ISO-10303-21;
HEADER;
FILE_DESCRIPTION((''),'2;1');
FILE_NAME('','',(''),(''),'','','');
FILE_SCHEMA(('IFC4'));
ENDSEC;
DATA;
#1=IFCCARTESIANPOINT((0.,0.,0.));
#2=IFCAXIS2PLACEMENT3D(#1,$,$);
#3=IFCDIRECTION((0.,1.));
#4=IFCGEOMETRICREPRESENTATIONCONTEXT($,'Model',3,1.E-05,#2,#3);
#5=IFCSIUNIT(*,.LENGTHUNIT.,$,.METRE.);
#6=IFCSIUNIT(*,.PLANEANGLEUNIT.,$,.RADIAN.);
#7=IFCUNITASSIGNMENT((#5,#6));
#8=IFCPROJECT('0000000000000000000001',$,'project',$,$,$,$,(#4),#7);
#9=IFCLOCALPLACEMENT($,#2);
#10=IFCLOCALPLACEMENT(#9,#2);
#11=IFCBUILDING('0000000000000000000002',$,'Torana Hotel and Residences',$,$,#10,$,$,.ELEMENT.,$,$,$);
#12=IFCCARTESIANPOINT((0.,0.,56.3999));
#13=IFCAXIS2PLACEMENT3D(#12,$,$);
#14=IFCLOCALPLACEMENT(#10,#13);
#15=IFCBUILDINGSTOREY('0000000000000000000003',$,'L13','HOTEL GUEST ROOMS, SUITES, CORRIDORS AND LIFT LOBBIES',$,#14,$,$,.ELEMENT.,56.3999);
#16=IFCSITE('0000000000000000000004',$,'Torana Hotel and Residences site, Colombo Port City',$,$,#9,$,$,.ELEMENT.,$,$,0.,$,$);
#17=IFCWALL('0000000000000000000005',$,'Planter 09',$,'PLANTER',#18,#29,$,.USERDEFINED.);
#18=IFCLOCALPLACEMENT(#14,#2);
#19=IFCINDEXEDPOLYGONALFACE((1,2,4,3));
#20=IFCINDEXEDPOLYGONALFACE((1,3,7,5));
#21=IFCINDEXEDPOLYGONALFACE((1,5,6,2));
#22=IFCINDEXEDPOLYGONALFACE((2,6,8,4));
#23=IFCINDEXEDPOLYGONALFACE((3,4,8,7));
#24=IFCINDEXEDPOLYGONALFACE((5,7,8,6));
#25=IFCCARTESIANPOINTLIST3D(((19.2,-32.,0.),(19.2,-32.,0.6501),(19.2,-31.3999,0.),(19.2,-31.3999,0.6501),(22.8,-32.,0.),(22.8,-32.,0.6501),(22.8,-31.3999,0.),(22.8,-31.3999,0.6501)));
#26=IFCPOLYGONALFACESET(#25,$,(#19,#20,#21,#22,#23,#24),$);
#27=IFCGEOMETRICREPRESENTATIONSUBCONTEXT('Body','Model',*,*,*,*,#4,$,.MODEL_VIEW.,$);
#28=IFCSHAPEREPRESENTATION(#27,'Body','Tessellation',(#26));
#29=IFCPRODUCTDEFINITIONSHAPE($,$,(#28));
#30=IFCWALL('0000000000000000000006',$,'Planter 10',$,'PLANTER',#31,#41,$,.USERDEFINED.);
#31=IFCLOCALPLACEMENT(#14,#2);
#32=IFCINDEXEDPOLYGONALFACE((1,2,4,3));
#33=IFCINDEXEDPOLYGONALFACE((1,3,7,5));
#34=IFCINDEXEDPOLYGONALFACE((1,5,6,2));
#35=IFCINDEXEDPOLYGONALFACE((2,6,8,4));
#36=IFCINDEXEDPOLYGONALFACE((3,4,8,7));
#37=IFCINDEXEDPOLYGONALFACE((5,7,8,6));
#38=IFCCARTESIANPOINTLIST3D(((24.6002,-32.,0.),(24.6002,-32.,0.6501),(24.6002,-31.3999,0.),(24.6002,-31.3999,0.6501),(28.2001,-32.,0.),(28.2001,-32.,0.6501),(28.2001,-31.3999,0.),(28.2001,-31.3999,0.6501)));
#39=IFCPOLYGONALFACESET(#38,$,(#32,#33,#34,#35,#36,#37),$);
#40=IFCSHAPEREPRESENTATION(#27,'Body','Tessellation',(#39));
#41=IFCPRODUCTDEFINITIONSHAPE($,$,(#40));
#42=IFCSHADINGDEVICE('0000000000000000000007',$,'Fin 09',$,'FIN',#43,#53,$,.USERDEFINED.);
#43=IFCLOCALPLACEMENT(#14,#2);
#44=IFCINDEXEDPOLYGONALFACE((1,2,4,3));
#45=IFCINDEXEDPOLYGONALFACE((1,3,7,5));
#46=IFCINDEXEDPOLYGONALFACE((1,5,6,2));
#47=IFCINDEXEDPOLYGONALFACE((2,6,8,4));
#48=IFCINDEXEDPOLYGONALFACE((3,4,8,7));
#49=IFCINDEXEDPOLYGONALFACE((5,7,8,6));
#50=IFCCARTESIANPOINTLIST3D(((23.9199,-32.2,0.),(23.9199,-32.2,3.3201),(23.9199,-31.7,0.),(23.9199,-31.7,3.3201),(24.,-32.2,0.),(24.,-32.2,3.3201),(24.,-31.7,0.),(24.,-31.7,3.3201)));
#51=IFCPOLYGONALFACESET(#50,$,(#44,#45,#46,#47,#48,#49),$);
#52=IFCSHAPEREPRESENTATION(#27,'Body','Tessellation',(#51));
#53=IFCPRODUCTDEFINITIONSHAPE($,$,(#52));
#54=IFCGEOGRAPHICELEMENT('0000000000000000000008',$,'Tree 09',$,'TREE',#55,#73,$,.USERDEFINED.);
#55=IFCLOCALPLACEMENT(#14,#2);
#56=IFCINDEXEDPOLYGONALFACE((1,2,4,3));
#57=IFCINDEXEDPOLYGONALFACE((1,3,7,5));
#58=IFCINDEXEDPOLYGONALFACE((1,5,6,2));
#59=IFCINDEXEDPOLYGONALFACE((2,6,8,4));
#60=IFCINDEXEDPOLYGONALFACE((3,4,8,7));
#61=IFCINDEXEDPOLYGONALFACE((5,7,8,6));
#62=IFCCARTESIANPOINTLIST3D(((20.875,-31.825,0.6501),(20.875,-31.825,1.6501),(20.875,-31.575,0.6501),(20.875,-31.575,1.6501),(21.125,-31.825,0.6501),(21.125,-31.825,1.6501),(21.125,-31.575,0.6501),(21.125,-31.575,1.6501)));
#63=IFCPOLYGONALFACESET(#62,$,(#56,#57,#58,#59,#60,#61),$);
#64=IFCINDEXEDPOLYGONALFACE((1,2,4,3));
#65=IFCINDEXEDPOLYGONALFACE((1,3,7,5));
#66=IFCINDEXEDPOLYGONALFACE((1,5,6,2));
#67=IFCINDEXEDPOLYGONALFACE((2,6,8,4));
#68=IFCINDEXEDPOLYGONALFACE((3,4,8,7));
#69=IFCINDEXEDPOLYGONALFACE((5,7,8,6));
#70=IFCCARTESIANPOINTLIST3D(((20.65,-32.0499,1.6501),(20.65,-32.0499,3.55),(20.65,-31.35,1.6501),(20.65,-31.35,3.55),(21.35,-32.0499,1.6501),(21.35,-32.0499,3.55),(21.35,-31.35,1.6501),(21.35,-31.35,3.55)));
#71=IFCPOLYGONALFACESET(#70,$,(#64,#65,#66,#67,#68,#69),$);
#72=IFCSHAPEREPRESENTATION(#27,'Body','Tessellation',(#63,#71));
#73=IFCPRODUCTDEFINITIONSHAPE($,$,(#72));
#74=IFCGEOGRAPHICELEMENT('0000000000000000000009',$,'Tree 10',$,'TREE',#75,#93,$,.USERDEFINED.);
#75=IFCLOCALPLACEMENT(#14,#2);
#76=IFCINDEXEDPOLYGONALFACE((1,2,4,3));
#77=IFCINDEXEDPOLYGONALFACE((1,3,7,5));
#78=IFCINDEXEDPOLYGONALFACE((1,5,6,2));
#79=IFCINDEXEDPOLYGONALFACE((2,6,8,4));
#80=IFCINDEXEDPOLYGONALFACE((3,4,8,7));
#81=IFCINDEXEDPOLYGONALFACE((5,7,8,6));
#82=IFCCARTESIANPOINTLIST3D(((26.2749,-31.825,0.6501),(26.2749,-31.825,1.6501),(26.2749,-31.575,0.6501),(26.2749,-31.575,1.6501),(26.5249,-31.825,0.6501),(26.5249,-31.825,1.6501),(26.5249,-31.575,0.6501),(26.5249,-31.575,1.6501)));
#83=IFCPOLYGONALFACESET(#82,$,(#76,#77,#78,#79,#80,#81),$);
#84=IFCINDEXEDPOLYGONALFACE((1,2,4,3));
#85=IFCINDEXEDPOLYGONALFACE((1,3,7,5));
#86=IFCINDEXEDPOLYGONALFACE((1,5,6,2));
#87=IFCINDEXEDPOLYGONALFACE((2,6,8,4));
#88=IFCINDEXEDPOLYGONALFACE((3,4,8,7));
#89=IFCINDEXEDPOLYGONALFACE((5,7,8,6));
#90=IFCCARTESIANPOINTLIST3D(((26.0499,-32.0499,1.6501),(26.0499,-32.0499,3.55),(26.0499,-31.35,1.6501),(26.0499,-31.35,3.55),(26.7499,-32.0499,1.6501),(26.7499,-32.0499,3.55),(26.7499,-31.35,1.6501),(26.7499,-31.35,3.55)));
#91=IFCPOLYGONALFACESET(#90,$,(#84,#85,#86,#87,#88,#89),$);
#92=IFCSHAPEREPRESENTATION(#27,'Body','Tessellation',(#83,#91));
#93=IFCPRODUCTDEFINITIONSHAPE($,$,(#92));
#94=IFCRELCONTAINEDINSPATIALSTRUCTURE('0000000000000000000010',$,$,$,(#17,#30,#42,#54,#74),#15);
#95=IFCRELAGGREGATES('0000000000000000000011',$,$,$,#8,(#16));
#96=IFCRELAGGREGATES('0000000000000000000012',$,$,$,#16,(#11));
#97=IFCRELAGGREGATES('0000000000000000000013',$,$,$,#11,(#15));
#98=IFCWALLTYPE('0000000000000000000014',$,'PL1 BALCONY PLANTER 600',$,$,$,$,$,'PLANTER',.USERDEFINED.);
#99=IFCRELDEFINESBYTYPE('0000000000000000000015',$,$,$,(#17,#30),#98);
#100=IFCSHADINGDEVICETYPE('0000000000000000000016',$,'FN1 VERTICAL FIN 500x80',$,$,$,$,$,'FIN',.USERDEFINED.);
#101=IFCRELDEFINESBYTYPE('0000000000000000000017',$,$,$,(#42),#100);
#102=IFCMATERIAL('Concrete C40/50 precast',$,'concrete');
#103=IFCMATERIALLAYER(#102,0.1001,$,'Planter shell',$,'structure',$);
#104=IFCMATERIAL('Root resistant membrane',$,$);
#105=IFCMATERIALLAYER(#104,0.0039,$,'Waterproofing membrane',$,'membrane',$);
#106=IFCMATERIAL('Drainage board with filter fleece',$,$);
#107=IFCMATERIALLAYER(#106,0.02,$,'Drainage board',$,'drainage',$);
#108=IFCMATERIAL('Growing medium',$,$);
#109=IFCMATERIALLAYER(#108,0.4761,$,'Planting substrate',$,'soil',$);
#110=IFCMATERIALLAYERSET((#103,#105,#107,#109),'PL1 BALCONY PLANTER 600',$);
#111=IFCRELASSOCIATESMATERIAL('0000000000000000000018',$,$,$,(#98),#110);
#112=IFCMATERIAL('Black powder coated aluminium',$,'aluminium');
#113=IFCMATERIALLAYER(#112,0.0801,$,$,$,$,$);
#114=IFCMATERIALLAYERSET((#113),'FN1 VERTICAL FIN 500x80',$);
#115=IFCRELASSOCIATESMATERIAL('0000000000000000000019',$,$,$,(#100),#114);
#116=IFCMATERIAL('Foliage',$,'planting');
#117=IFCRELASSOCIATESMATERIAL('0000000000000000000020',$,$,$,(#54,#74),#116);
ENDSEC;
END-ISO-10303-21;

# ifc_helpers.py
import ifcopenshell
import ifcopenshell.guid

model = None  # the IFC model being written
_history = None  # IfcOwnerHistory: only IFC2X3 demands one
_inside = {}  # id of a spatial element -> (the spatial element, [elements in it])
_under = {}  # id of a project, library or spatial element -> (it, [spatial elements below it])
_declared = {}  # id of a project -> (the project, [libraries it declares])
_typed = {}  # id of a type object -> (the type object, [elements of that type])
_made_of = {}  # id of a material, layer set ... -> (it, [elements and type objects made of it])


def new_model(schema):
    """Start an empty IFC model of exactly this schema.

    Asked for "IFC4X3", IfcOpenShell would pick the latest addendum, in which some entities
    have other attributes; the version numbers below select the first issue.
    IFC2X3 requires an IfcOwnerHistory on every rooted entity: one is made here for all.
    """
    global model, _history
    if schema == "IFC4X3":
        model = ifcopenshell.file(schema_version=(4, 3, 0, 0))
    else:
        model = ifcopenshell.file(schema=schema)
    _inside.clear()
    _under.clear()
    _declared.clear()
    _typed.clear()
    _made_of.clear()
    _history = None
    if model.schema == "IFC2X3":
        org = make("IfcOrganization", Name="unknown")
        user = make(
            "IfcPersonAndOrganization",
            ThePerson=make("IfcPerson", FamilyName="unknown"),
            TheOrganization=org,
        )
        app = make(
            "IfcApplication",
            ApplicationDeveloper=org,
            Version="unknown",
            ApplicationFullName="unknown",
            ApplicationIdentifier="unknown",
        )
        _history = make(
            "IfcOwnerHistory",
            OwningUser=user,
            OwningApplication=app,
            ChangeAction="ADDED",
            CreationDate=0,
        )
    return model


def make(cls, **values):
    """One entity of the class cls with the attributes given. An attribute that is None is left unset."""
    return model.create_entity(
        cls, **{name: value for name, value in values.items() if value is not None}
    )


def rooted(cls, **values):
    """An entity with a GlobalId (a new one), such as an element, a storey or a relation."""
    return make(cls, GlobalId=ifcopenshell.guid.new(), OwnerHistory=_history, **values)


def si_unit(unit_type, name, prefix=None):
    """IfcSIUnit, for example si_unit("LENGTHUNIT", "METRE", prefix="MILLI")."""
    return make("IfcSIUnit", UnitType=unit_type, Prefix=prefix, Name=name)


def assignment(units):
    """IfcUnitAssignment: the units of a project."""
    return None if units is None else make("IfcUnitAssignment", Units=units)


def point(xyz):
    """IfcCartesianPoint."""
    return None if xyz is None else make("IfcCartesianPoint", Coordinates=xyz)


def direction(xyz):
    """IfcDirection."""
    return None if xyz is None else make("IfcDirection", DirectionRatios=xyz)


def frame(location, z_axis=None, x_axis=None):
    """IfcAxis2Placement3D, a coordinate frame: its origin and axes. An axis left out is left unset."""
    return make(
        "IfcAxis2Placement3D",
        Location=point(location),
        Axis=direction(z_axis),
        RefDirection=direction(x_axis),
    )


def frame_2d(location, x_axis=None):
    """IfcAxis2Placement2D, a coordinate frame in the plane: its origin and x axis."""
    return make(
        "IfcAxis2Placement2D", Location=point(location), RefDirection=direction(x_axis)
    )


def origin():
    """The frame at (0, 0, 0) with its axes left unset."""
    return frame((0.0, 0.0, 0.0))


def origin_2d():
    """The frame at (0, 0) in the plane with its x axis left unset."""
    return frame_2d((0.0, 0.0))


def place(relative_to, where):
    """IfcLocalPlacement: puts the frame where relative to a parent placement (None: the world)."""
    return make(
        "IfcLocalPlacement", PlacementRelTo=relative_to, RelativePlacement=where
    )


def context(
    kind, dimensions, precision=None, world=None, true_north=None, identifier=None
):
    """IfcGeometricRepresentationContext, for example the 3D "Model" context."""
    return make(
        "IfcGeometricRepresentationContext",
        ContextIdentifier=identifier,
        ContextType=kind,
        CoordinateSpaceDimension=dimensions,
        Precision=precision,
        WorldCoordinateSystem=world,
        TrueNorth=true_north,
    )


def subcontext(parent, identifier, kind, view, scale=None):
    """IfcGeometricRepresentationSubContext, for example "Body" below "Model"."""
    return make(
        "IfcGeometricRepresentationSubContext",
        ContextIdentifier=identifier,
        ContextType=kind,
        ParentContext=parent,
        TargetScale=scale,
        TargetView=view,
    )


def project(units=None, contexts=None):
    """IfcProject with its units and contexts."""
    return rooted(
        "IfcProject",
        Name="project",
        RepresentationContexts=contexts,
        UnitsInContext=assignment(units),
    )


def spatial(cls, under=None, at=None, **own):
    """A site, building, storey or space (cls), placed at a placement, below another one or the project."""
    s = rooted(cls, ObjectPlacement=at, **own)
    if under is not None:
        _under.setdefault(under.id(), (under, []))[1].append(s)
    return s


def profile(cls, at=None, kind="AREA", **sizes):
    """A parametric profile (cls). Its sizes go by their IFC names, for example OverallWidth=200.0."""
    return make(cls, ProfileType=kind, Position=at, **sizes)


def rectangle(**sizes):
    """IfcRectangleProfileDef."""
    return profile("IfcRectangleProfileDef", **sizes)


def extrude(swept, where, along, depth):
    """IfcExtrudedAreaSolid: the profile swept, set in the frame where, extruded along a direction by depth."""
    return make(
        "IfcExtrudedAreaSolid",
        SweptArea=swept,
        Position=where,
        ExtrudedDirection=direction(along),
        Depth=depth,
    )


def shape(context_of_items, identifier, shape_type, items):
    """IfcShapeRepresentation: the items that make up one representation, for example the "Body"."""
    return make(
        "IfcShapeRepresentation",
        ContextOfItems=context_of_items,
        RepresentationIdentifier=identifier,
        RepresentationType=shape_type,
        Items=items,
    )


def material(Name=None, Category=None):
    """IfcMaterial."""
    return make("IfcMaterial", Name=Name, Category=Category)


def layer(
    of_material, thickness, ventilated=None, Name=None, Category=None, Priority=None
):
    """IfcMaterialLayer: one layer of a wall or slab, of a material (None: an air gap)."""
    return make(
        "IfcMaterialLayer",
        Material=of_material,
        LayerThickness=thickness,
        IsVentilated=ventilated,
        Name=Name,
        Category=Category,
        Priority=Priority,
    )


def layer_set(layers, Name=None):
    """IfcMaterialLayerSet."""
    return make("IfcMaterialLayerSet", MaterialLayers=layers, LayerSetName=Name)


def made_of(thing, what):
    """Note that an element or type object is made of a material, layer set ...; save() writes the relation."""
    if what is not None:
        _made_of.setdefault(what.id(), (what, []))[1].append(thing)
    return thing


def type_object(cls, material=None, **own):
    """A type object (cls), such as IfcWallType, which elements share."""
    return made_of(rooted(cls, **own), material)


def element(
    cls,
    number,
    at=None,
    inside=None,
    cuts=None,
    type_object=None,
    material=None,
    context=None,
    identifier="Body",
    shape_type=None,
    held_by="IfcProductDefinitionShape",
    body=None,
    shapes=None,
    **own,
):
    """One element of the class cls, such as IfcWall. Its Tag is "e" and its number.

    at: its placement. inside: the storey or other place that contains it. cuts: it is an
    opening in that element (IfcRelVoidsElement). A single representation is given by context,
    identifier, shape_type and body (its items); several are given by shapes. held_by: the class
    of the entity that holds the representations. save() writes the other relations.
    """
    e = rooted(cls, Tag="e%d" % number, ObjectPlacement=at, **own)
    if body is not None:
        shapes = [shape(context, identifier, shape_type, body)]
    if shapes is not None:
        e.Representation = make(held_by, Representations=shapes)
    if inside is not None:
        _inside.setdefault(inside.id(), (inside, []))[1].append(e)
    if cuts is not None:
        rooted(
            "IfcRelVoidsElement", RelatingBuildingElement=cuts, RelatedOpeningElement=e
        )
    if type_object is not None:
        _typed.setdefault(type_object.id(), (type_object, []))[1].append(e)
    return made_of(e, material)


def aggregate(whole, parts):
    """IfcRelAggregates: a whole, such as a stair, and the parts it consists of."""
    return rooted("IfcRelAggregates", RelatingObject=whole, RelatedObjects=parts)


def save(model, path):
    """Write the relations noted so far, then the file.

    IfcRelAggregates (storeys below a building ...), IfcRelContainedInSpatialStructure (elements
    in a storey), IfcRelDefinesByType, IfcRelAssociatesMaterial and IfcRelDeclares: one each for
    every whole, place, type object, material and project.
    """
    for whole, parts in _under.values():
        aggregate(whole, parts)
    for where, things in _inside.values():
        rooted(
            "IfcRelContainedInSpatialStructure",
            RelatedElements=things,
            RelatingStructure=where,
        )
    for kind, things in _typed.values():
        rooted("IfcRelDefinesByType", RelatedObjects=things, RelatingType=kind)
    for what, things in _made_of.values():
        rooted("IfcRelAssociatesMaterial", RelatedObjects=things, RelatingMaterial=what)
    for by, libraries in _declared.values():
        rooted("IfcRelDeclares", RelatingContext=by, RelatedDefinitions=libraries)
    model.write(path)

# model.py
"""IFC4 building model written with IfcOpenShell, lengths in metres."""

from ifc_helpers import new_model, si_unit, direction, frame, frame_2d, origin, origin_2d, place, context, subcontext, project, spatial, rectangle, extrude, material, layer, layer_set, type_object, element, save


model = new_model("IFC4")

# Units and contexts
model_context = context("Model", 3, precision=1e-05, world=origin(), true_north=direction((0.0, 1.0)))
body_context = subcontext(model_context, "Body", "Model", "MODEL_VIEW")
ifc_project = project(units=[si_unit("LENGTHUNIT", "METRE"), si_unit("PLANEANGLEUNIT", "RADIAN")], contexts=[model_context])

# Site, building, storey
site_placement = place(None, origin())
site = spatial("IfcSite", under=ifc_project, at=site_placement, Name="Torana Hotel and Residences site, Colombo Port City", CompositionType="ELEMENT", RefElevation=0.0)
building_placement = place(site_placement, origin())
building = spatial("IfcBuilding", under=site, at=building_placement, Name="Torana Hotel and Residences", CompositionType="ELEMENT")
storey_placement = place(building_placement, frame((0.0, 0.0, 56.3999)))
storey = spatial("IfcBuildingStorey", under=building, at=storey_placement, Name="L13", Description="HOTEL GUEST ROOMS, SUITES, CORRIDORS AND LIFT LOBBIES", CompositionType="ELEMENT", Elevation=56.3999)

# Walls
ifc_material_1 = material(Name="Concrete C40/50 precast", Category="concrete")
ifc_layer_1 = layer(ifc_material_1, 0.1001, Name="Planter shell", Category="structure")
ifc_material_2 = material(Name="Root resistant membrane")
ifc_layer_2 = layer(ifc_material_2, 0.0039, Name="Waterproofing membrane", Category="membrane")
ifc_material_3 = material(Name="Drainage board with filter fleece")
ifc_layer_3 = layer(ifc_material_3, 0.02, Name="Drainage board", Category="drainage")
ifc_material_4 = material(Name="Growing medium")
ifc_layer_4 = layer(ifc_material_4, 0.4761, Name="Planting substrate", Category="soil")
ifc_layer_set_1 = layer_set([ifc_layer_1, ifc_layer_2, ifc_layer_3, ifc_layer_4], Name="PL1 BALCONY PLANTER 600")
wall_type_1 = type_object("IfcWallType", Name="PL1 BALCONY PLANTER 600", ElementType="PLANTER", PredefinedType="USERDEFINED", material=ifc_layer_set_1)
for number, where, z_axis, x_axis, name in (
    (1, (22.8, -31.7, 0.0), (0.0, 0.0, 1.0), (-1.0, 0.0, 0.0), "Planter 09"),
):
    element("IfcWall", number, at=place(storey_placement, frame(where, z_axis=z_axis, x_axis=x_axis)), inside=storey, type_object=wall_type_1, Name=name, ObjectType="PLANTER", PredefinedType="USERDEFINED", context=body_context, shape_type="SweptSolid", body=[
        extrude(rectangle(XDim=3.6001, YDim=0.6001, at=frame_2d((1.8, 0.0))), origin(), (0.0, 0.0, 1.0), 0.6501),
    ])
wall_1_placement = place(storey_placement, frame((28.2, -31.7, 0.0), z_axis=(0.0, 0.0, 1.0), x_axis=(-1.0, 0.0, 0.0)))
element("IfcWall", 2, at=wall_1_placement, inside=storey, type_object=wall_type_1, Name="Planter 10", ObjectType="PLANTER", PredefinedType="USERDEFINED", context=body_context, shape_type="SweptSolid", body=[
    extrude(rectangle(XDim=3.5999, YDim=0.6001, at=frame_2d((1.7998, 0.0))), origin(), (0.0, 0.0, 1.0), 0.6501),
])

# Shading device
ifc_material_5 = material(Name="Black powder coated aluminium", Category="aluminium")
ifc_layer_5 = layer(ifc_material_5, 0.0801)
ifc_layer_set_2 = layer_set([ifc_layer_5], Name="FN1 VERTICAL FIN 500x80")
shading_device_type = type_object("IfcShadingDeviceType", Name="FN1 VERTICAL FIN 500x80", ElementType="FIN", PredefinedType="USERDEFINED", material=ifc_layer_set_2)
shading_device_placement = place(storey_placement, frame((23.96, -31.95, 0.0), z_axis=(0.0, 0.0, 1.0), x_axis=(-1.0, 0.0, 0.0)))
element("IfcShadingDevice", 3, at=shading_device_placement, inside=storey, type_object=shading_device_type, Name="Fin 09", ObjectType="FIN", PredefinedType="USERDEFINED", context=body_context, shape_type="SweptSolid", body=[
    extrude(rectangle(XDim=0.0801, YDim=0.5, at=origin_2d()), origin(), (0.0, 0.0, 1.0), 3.3201),
])

# Geographic elements
ifc_material_6 = material(Name="Foliage", Category="planting")
for number, where, z_axis, x_axis, name in (
    (4, (21.0, -31.7, 0.6501), (0.0, 0.0, 1.0), (1.0, 0.0, 0.0), "Tree 09"),
    (5, (26.3999, -31.7, 0.6501), (0.0, 0.0, 1.0), (1.0, 0.0, 0.0), "Tree 10"),
):
    element("IfcGeographicElement", number, at=place(storey_placement, frame(where, z_axis=z_axis, x_axis=x_axis)), inside=storey, material=ifc_material_6, Name=name, ObjectType="TREE", PredefinedType="USERDEFINED", context=body_context, shape_type="SweptSolid", body=[
        extrude(rectangle(XDim=0.25, YDim=0.25, at=origin_2d()), origin(), (0.0, 0.0, 1.0), 1.0),
        extrude(rectangle(XDim=0.7, YDim=0.7, at=origin_2d()), frame((0.0, 0.0, 1.0)), (0.0, 0.0, 1.0), 1.8999),
    ])

save(model, "model.ifc")
